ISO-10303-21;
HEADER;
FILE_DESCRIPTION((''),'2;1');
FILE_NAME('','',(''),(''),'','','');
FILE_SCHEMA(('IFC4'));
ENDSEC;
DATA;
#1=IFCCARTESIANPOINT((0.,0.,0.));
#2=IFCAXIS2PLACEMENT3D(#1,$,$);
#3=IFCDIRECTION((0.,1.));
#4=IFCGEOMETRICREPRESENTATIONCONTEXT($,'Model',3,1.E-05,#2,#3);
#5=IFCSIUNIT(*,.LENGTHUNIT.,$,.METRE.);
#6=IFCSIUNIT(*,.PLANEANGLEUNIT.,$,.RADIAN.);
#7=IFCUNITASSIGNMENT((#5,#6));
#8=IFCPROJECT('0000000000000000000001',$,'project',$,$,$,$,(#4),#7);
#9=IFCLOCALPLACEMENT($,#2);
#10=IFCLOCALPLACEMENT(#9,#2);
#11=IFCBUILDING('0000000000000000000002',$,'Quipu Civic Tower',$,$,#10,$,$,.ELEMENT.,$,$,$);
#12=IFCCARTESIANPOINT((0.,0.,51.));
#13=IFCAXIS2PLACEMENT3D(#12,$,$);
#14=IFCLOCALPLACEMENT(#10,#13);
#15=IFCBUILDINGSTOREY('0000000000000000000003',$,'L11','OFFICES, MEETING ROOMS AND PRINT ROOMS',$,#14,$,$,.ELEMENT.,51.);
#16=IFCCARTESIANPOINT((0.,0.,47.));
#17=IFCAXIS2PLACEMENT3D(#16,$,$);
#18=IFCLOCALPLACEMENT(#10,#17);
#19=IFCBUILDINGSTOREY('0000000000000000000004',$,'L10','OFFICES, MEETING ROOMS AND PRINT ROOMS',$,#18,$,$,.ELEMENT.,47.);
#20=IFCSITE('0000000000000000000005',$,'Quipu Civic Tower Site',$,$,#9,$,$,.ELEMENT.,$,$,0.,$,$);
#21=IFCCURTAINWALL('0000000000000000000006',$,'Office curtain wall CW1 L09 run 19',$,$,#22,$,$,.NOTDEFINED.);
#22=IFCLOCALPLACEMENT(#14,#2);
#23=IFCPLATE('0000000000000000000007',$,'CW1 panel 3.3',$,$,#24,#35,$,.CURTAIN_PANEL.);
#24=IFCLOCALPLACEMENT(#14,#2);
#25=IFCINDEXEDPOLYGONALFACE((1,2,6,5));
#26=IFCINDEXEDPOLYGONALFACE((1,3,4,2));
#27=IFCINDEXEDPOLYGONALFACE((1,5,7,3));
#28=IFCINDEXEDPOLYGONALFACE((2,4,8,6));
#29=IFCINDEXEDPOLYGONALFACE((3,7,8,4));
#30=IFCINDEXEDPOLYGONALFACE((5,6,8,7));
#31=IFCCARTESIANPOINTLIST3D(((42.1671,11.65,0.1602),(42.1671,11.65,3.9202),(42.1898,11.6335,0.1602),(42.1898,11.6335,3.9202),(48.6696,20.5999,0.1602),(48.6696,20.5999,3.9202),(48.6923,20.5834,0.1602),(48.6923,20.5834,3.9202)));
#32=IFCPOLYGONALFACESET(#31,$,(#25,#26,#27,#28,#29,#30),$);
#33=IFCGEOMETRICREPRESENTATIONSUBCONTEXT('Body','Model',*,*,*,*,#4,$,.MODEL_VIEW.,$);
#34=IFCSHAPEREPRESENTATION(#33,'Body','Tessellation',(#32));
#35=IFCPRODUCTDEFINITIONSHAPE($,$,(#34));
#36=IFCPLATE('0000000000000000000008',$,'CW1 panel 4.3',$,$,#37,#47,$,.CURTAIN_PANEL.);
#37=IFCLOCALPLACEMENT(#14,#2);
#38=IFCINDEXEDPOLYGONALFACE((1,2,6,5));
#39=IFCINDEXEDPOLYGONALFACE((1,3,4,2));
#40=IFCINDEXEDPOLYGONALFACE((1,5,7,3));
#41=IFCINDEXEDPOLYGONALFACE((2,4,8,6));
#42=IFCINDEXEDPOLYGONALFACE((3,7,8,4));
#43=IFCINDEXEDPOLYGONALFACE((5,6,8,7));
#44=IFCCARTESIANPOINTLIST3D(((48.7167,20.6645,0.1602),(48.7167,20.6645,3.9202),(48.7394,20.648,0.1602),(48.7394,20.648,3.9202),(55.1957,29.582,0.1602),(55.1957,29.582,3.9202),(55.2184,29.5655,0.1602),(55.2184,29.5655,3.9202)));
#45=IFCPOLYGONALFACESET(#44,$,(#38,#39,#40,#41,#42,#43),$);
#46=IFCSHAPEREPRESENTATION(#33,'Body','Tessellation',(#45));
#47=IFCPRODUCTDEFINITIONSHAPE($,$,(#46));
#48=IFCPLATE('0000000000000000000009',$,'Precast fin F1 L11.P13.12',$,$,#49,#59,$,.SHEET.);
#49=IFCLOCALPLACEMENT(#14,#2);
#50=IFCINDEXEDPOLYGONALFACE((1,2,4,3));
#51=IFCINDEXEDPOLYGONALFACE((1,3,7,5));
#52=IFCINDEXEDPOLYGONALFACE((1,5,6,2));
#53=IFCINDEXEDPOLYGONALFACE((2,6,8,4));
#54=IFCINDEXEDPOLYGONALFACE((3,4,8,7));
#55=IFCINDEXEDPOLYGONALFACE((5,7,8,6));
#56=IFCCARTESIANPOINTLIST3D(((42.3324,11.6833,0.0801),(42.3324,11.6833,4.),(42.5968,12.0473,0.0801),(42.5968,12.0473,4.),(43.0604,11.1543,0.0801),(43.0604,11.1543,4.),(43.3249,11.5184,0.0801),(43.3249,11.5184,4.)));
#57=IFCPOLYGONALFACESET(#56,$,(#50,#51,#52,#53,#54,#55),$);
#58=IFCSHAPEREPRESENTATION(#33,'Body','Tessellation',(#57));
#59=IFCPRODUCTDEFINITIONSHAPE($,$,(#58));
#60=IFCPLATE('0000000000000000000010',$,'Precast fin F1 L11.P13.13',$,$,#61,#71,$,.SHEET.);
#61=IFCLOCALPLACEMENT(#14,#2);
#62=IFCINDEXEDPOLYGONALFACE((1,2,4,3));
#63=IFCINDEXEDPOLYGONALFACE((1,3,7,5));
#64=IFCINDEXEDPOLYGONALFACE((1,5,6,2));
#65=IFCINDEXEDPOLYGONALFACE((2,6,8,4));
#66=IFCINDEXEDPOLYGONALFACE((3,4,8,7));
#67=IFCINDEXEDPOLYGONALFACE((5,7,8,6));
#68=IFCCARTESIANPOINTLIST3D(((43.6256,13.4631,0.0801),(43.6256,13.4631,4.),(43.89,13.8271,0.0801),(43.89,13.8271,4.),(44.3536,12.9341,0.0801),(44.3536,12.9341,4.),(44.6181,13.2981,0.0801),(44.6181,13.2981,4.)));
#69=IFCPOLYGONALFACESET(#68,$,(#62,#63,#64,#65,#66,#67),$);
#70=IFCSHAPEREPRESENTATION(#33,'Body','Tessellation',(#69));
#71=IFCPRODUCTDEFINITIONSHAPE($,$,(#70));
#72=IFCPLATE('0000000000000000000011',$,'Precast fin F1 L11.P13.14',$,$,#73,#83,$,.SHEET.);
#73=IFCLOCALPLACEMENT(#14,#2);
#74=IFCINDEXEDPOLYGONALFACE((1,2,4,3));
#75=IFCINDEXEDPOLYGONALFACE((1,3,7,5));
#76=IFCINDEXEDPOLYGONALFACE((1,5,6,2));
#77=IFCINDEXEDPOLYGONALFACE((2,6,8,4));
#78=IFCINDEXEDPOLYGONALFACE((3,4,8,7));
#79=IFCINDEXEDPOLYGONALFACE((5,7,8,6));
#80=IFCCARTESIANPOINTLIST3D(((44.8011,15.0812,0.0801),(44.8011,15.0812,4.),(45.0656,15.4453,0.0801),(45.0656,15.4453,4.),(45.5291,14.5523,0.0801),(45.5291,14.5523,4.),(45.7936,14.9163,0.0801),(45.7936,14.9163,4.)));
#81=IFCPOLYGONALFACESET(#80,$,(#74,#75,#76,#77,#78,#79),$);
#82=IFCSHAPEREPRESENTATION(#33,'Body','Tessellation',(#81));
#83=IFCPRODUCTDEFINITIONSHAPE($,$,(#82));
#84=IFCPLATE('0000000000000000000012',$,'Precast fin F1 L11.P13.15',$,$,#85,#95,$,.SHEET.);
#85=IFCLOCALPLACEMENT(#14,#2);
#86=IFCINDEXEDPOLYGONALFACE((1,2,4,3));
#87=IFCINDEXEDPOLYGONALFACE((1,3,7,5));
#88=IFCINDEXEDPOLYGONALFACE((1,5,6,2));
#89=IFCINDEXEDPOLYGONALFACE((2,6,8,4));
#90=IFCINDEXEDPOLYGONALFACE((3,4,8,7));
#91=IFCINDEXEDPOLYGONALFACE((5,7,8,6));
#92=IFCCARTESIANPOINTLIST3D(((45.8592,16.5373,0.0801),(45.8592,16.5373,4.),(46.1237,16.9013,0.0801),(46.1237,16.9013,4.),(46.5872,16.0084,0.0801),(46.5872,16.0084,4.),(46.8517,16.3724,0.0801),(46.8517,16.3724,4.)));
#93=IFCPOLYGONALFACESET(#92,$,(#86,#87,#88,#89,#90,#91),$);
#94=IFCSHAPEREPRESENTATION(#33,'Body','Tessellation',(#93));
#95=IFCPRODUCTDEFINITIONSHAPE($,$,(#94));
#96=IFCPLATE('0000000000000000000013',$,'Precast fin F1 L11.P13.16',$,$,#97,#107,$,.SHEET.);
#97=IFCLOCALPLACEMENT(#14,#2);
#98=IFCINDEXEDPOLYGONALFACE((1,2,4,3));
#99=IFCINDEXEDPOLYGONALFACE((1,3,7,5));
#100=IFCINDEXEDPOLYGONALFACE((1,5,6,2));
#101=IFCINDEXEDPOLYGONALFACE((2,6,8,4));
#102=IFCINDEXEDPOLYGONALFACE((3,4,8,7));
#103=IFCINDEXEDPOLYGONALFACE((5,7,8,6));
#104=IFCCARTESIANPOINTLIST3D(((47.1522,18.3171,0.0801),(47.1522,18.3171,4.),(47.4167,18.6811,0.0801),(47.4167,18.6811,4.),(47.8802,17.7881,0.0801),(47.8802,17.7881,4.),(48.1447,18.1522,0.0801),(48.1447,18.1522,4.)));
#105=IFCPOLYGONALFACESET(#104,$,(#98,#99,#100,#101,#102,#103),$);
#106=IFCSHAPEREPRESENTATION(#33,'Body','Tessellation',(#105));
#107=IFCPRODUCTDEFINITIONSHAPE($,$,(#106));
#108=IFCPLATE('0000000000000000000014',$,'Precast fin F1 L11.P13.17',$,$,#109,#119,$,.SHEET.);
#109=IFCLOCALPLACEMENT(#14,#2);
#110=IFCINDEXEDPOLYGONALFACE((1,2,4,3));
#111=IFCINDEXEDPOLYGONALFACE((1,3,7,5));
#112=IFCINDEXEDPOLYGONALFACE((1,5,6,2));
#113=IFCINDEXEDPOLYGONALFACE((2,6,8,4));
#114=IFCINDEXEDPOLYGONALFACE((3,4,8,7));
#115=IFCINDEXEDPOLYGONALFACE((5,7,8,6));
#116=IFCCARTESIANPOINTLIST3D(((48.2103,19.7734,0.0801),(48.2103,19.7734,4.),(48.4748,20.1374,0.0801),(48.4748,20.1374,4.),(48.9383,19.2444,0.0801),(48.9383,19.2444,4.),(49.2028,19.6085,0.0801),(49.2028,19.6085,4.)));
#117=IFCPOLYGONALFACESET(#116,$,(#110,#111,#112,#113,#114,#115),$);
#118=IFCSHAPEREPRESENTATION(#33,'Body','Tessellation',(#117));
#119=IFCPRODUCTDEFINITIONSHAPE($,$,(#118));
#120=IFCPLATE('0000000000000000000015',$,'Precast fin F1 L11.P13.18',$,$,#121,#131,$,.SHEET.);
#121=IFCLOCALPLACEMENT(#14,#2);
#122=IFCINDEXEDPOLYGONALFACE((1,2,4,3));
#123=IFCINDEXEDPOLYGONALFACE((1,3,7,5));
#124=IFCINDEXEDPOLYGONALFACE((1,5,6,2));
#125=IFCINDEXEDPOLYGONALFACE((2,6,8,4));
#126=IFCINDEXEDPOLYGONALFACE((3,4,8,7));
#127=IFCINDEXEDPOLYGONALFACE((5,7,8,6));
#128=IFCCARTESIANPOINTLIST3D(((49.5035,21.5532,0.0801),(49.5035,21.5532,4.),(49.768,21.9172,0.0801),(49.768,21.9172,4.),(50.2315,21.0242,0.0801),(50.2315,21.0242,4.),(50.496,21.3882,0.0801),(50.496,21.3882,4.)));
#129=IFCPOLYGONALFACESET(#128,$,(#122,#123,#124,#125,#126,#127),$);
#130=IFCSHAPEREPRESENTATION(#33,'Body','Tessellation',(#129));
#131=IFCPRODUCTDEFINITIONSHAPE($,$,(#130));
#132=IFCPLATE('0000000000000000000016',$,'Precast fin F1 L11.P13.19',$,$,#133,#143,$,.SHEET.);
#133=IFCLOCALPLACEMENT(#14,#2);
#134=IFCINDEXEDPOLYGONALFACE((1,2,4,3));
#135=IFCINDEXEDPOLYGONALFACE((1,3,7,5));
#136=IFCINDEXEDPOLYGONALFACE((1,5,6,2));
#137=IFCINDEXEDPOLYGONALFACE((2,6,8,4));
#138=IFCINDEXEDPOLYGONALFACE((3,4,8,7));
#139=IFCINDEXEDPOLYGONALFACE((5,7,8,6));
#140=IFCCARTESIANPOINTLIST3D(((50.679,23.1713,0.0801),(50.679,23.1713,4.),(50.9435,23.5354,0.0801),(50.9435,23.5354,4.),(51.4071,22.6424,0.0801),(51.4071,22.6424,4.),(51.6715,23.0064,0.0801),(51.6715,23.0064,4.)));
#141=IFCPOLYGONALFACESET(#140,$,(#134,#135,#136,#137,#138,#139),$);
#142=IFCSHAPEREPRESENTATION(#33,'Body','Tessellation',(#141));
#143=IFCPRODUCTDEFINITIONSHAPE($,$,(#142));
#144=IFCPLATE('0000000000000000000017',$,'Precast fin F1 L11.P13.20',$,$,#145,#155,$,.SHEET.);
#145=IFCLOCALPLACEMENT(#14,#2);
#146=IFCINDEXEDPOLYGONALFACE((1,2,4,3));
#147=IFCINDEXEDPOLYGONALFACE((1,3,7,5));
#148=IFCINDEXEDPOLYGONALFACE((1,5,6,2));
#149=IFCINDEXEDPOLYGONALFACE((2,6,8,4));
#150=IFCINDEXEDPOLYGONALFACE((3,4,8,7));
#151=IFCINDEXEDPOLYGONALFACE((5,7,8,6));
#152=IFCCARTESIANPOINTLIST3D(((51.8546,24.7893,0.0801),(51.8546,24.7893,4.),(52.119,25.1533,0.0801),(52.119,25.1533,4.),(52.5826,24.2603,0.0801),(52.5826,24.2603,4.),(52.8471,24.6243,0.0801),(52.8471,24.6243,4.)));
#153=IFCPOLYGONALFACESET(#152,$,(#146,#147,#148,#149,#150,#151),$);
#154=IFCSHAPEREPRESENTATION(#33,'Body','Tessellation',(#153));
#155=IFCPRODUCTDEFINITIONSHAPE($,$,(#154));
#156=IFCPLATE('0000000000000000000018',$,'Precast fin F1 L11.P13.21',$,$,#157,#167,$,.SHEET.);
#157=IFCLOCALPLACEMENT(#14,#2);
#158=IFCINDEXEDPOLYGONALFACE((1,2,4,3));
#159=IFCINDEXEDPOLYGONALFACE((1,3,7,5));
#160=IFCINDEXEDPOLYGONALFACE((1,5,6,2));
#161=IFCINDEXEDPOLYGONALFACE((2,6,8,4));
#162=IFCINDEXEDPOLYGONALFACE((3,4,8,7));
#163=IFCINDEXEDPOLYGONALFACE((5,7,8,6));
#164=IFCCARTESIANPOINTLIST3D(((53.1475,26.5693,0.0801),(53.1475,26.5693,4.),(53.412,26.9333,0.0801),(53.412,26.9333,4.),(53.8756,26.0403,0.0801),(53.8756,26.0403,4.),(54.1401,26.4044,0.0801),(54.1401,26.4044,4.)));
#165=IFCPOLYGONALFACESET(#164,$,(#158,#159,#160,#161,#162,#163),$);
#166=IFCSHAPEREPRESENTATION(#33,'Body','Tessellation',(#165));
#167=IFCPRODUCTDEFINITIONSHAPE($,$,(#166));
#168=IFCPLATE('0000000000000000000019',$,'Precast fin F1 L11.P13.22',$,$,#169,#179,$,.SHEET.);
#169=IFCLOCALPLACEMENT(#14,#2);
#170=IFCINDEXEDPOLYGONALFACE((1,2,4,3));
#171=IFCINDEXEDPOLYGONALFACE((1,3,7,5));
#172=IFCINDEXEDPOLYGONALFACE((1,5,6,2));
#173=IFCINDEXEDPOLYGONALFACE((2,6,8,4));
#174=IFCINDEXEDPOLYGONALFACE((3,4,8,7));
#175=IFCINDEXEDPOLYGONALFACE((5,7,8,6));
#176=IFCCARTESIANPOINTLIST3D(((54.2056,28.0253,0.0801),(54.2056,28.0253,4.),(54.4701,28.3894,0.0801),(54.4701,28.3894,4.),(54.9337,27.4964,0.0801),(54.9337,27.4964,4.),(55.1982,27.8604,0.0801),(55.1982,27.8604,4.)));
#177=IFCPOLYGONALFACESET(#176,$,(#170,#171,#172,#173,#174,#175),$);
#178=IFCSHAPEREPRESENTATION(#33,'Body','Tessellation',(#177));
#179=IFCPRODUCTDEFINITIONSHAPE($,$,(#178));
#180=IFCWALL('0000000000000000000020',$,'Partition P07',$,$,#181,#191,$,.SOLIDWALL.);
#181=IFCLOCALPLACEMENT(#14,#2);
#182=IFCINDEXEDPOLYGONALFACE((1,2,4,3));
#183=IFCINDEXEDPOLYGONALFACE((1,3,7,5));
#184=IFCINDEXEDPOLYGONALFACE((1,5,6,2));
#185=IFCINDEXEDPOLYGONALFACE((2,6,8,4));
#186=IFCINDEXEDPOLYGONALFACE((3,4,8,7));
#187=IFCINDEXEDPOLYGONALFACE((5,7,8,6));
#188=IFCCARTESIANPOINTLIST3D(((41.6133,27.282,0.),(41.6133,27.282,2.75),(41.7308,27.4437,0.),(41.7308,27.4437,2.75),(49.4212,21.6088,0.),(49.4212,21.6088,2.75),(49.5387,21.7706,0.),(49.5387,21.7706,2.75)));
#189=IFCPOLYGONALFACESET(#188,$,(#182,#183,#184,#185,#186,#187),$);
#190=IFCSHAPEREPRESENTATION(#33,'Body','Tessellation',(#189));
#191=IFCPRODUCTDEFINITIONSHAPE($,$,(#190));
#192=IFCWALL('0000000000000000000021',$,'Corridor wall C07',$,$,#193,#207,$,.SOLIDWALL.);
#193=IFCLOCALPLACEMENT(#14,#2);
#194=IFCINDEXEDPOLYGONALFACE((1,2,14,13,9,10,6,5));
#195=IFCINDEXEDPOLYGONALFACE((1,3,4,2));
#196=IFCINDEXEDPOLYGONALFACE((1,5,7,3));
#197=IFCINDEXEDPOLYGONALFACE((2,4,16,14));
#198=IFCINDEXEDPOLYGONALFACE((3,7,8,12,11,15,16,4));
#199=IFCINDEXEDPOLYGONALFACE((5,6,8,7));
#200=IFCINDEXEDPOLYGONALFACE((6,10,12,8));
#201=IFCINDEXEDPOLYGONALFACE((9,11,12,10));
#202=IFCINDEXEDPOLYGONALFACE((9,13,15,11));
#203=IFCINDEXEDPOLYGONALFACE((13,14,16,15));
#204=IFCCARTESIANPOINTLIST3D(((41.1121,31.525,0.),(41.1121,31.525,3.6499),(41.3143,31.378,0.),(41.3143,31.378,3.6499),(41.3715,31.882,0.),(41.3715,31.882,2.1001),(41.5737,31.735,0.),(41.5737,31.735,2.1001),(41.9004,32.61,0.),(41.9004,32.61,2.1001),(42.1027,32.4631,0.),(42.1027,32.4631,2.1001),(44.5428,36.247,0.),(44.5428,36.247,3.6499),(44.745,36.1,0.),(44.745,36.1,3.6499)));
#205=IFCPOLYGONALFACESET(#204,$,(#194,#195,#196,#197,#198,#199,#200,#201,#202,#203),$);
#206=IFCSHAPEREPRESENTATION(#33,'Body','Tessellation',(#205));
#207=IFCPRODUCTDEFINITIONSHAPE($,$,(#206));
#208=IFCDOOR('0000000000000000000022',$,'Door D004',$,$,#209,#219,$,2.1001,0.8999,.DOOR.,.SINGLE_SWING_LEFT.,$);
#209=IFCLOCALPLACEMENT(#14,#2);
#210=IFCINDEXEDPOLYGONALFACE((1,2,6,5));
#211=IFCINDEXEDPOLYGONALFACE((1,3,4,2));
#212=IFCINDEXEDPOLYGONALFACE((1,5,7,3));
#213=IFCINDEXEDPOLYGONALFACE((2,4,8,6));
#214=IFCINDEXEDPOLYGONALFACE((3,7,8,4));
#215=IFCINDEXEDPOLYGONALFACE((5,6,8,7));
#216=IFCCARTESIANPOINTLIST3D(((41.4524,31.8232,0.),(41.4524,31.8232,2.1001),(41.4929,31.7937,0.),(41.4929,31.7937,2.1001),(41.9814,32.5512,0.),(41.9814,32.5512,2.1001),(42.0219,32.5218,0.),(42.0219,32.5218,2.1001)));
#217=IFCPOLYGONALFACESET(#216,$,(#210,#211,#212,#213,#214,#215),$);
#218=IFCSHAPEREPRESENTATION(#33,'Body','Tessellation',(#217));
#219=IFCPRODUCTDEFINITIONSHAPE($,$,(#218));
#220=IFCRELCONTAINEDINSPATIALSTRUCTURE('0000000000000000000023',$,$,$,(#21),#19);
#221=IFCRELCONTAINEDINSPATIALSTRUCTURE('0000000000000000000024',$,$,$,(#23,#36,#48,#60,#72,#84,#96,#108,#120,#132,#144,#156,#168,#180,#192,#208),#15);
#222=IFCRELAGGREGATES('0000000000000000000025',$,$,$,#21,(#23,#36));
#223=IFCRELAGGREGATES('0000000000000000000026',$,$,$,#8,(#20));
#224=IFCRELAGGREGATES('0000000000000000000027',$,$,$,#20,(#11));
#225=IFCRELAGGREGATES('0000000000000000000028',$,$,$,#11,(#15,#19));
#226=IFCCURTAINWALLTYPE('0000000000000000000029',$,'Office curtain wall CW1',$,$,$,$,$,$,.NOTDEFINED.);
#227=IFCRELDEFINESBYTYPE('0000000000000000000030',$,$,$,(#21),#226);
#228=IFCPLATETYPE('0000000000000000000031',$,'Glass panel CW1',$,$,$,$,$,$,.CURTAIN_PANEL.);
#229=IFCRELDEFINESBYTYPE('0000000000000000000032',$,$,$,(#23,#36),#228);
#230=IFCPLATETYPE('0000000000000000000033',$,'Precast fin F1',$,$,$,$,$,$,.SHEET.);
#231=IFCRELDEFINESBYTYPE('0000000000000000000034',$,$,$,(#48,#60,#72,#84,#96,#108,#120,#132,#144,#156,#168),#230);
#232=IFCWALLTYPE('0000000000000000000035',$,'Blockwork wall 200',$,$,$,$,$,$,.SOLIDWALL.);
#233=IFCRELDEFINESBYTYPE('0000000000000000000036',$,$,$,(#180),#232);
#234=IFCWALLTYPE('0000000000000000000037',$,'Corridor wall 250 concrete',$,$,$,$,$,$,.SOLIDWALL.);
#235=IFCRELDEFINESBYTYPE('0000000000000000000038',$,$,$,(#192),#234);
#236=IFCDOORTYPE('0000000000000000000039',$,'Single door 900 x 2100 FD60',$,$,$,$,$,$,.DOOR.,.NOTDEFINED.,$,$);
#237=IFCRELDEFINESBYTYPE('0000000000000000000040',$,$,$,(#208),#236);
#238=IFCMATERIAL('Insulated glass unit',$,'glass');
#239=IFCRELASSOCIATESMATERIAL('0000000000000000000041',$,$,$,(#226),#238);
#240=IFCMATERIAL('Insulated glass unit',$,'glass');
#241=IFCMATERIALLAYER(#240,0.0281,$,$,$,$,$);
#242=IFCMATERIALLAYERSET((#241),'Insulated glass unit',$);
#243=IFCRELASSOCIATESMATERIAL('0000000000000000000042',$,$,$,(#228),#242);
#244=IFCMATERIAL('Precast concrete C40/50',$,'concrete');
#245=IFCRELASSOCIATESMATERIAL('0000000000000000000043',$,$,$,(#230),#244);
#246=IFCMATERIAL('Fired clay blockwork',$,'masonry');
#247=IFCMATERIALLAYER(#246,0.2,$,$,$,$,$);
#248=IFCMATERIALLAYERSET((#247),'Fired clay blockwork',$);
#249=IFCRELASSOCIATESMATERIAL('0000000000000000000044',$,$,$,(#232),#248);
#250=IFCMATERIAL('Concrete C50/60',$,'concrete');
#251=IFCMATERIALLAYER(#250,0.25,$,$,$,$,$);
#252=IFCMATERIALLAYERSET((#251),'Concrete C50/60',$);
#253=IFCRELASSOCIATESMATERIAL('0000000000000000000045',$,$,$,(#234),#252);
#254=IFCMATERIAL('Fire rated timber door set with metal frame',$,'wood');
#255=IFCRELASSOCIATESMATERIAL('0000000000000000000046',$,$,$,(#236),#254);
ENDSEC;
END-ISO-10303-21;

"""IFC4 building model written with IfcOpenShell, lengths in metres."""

from ifc_helpers import new_model, si_unit, direction, frame, frame_2d, origin, origin_2d, place, context, subcontext, project, spatial, rectangle, extrude, material, layer, layer_set, type_object, element, fill, aggregate, save


model = new_model("IFC4")

# Units and contexts
model_context = context("Model", 3, precision=1e-05, world=origin(), true_north=direction((0.0, 1.0)))
body_context = subcontext(model_context, "Body", "Model", "MODEL_VIEW")
ifc_project = project(units=[si_unit("LENGTHUNIT", "METRE"), si_unit("PLANEANGLEUNIT", "RADIAN")], contexts=[model_context])

# Site, building, storey
site_placement = place(None, origin())
site = spatial("IfcSite", under=ifc_project, at=site_placement, Name="Quipu Civic Tower Site", CompositionType="ELEMENT", RefElevation=0.0)
building_placement = place(site_placement, origin())
building = spatial("IfcBuilding", under=site, at=building_placement, Name="Quipu Civic Tower", CompositionType="ELEMENT")
storey_1_placement = place(building_placement, frame((0.0, 0.0, 51.0)))
storey_1 = spatial("IfcBuildingStorey", under=building, at=storey_1_placement, Name="L11", Description="OFFICES, MEETING ROOMS AND PRINT ROOMS", CompositionType="ELEMENT", Elevation=51.0)

# Shared definitions
storey_2_placement = place(building_placement, frame((0.0, 0.0, 47.0)))
storey_2 = spatial("IfcBuildingStorey", under=building, at=storey_2_placement, Name="L10", Description="OFFICES, MEETING ROOMS AND PRINT ROOMS", CompositionType="ELEMENT", Elevation=47.0)

# Curtain wall, plates
ifc_material_1 = material(Name="Insulated glass unit", Category="glass")
curtain_wall_type = type_object("IfcCurtainWallType", Name="Office curtain wall CW1", PredefinedType="NOTDEFINED", material=ifc_material_1)
curtain_wall_placement = place(storey_2_placement, origin())
curtain_wall = element("IfcCurtainWall", 1, at=curtain_wall_placement, inside=storey_2, type_object=curtain_wall_type, Name="Office curtain wall CW1 L09 run 19", PredefinedType="NOTDEFINED")
ifc_material_2 = material(Name="Insulated glass unit", Category="glass")
ifc_layer_1 = layer(ifc_material_2, 0.0281)
ifc_layer_set_1 = layer_set([ifc_layer_1], Name="Insulated glass unit")
plate_type_1 = type_object("IfcPlateType", Name="Glass panel CW1", PredefinedType="CURTAIN_PANEL", material=ifc_layer_set_1)
plate_1_placement = place(storey_1_placement, frame((45.4297, 16.1167, 0.1602), z_axis=(0.0, 0.0, 1.0), x_axis=(0.587786, 0.809017, 0.0)))
plate_1 = element("IfcPlate", 2, at=plate_1_placement, inside=storey_1, type_object=plate_type_1, Name="CW1 panel 3.3", PredefinedType="CURTAIN_PANEL", context=body_context, shape_type="SweptSolid", body=[
    extrude(rectangle(XDim=11.0627, YDim=0.0281, at=origin_2d()), origin(), (0.0, 0.0, 1.0), 3.76),
])
plate_2_placement = place(storey_1_placement, frame((51.9675, 25.115, 0.1602), z_axis=(0.0, 0.0, 1.0), x_axis=(0.587786, 0.809017, 0.0)))
plate_2 = element("IfcPlate", 3, at=plate_2_placement, inside=storey_1, type_object=plate_type_1, Name="CW1 panel 4.3", PredefinedType="CURTAIN_PANEL", context=body_context, shape_type="SweptSolid", body=[
    extrude(rectangle(XDim=11.0227, YDim=0.0281, at=origin_2d()), origin(), (0.0, 0.0, 1.0), 3.76),
])
aggregate(curtain_wall, [plate_1, plate_2])

# Plates
ifc_material_3 = material(Name="Precast concrete C40/50", Category="concrete")
plate_type_2 = type_object("IfcPlateType", Name="Precast fin F1", PredefinedType="SHEET", material=ifc_material_3)
for number, where, z_axis, x_axis, name in (
    (4, (42.8286, 11.6008, 0.0801), (0.0, 0.0, 1.0), (0.587786, 0.809017, 0.0), "Precast fin F1 L11.P13.12"),
    (5, (44.1218, 13.3806, 0.0801), (0.0, 0.0, 1.0), (0.587786, 0.809017, 0.0), "Precast fin F1 L11.P13.13"),
    (6, (45.2974, 14.9988, 0.0801), (0.0, 0.0, 1.0), (0.587786, 0.809017, 0.0), "Precast fin F1 L11.P13.14"),
    (7, (46.3555, 16.4548, 0.0801), (0.0, 0.0, 1.0), (0.587786, 0.809017, 0.0), "Precast fin F1 L11.P13.15"),
    (8, (47.6484, 18.2346, 0.0801), (0.0, 0.0, 1.0), (0.587786, 0.809017, 0.0), "Precast fin F1 L11.P13.16"),
    (9, (48.7065, 19.6909, 0.0801), (0.0, 0.0, 1.0), (0.587786, 0.809017, 0.0), "Precast fin F1 L11.P13.17"),
    (10, (49.9998, 21.4707, 0.0801), (0.0, 0.0, 1.0), (0.587786, 0.809017, 0.0), "Precast fin F1 L11.P13.18"),
    (11, (51.1753, 23.0889, 0.0801), (0.0, 0.0, 1.0), (0.587786, 0.809017, 0.0), "Precast fin F1 L11.P13.19"),
    (12, (52.3508, 24.7068, 0.0801), (0.0, 0.0, 1.0), (0.587786, 0.809017, 0.0), "Precast fin F1 L11.P13.20"),
    (13, (53.6438, 26.4868, 0.0801), (0.0, 0.0, 1.0), (0.587786, 0.809017, 0.0), "Precast fin F1 L11.P13.21"),
    (14, (54.7019, 27.9429, 0.0801), (0.0, 0.0, 1.0), (0.587786, 0.809017, 0.0), "Precast fin F1 L11.P13.22"),
):
    element("IfcPlate", number, at=place(storey_1_placement, frame(where, z_axis=z_axis, x_axis=x_axis)), inside=storey_1, type_object=plate_type_2, Name=name, PredefinedType="SHEET", context=body_context, shape_type="SweptSolid", body=[
        extrude(rectangle(XDim=0.45, YDim=0.8999, at=origin_2d()), origin(), (0.0, 0.0, 1.0), 3.9199),
    ])

# Wall
ifc_material_4 = material(Name="Fired clay blockwork", Category="masonry")
ifc_layer_2 = layer(ifc_material_4, 0.2)
ifc_layer_set_2 = layer_set([ifc_layer_2], Name="Fired clay blockwork")
wall_type_1 = type_object("IfcWallType", Name="Blockwork wall 200", PredefinedType="SOLIDWALL", material=ifc_layer_set_2)
wall_1_placement = place(storey_1_placement, frame((49.48, 21.6897, 0.0), z_axis=(0.0, 0.0, 1.0), x_axis=(-0.809, 0.587809, 0.0)))
element("IfcWall", 15, at=wall_1_placement, inside=storey_1, type_object=wall_type_1, Name="Partition P07", PredefinedType="SOLIDWALL", context=body_context, shape_type="SweptSolid", body=[
    extrude(rectangle(XDim=9.6514, YDim=0.2, at=frame_2d((4.8257, 0.0))), origin(), (0.0, 0.0, 1.0), 2.75),
])

# Wall, opening, door
ifc_material_5 = material(Name="Concrete C50/60", Category="concrete")
ifc_layer_3 = layer(ifc_material_5, 0.25)
ifc_layer_set_3 = layer_set([ifc_layer_3], Name="Concrete C50/60")
wall_type_2 = type_object("IfcWallType", Name="Corridor wall 250 concrete", PredefinedType="SOLIDWALL", material=ifc_layer_set_3)
wall_2_placement = place(storey_1_placement, frame((41.2131, 31.4514, 0.0), z_axis=(0.0, 0.0, 1.0), x_axis=(0.587784, 0.809018, 0.0)))
wall_2 = element("IfcWall", 16, at=wall_2_placement, inside=storey_1, type_object=wall_type_2, Name="Corridor wall C07", PredefinedType="SOLIDWALL", context=body_context, shape_type="SweptSolid", body=[
    extrude(rectangle(XDim=5.8367, YDim=0.25, at=frame_2d((2.9185, 0.0))), origin(), (0.0, 0.0, 1.0), 3.6499),
])
opening_placement = place(wall_2_placement, frame((0.4414, 0.0, 0.0)))
opening = element("IfcOpeningElement", 17, at=opening_placement, cuts=wall_2, PredefinedType="OPENING", context=body_context, shape_type="SweptSolid", body=[
    extrude(rectangle(XDim=0.8999, YDim=2.1001, at=frame_2d((0.45, 1.05))), frame((0.0, 0.135, 0.0), z_axis=(0.0, -1.0, 0.0), x_axis=(1.0, 0.0, 0.0)), (0.0, 0.0, 1.0), 0.27),
])
ifc_material_6 = material(Name="Fire rated timber door set with metal frame", Category="wood")
door_type = type_object("IfcDoorType", Name="Single door 900 x 2100 FD60", OperationType="NOTDEFINED", PredefinedType="DOOR", material=ifc_material_6)
door_placement = place(opening_placement, origin())
door = element("IfcDoor", 18, at=door_placement, inside=storey_1, type_object=door_type, Name="Door D004", OperationType="SINGLE_SWING_LEFT", OverallHeight=2.1001, OverallWidth=0.8999, PredefinedType="DOOR", context=body_context, shape_type="SweptSolid", body=[
    extrude(rectangle(XDim=0.8999, YDim=2.1001, at=frame_2d((0.45, 1.05))), frame((0.0, 0.0249, 0.0), z_axis=(0.0, -1.0, 0.0), x_axis=(1.0, 0.0, 0.0)), (0.0, 0.0, 1.0), 0.05),
])
fill(opening, door)

save(model, "model.ifc")
